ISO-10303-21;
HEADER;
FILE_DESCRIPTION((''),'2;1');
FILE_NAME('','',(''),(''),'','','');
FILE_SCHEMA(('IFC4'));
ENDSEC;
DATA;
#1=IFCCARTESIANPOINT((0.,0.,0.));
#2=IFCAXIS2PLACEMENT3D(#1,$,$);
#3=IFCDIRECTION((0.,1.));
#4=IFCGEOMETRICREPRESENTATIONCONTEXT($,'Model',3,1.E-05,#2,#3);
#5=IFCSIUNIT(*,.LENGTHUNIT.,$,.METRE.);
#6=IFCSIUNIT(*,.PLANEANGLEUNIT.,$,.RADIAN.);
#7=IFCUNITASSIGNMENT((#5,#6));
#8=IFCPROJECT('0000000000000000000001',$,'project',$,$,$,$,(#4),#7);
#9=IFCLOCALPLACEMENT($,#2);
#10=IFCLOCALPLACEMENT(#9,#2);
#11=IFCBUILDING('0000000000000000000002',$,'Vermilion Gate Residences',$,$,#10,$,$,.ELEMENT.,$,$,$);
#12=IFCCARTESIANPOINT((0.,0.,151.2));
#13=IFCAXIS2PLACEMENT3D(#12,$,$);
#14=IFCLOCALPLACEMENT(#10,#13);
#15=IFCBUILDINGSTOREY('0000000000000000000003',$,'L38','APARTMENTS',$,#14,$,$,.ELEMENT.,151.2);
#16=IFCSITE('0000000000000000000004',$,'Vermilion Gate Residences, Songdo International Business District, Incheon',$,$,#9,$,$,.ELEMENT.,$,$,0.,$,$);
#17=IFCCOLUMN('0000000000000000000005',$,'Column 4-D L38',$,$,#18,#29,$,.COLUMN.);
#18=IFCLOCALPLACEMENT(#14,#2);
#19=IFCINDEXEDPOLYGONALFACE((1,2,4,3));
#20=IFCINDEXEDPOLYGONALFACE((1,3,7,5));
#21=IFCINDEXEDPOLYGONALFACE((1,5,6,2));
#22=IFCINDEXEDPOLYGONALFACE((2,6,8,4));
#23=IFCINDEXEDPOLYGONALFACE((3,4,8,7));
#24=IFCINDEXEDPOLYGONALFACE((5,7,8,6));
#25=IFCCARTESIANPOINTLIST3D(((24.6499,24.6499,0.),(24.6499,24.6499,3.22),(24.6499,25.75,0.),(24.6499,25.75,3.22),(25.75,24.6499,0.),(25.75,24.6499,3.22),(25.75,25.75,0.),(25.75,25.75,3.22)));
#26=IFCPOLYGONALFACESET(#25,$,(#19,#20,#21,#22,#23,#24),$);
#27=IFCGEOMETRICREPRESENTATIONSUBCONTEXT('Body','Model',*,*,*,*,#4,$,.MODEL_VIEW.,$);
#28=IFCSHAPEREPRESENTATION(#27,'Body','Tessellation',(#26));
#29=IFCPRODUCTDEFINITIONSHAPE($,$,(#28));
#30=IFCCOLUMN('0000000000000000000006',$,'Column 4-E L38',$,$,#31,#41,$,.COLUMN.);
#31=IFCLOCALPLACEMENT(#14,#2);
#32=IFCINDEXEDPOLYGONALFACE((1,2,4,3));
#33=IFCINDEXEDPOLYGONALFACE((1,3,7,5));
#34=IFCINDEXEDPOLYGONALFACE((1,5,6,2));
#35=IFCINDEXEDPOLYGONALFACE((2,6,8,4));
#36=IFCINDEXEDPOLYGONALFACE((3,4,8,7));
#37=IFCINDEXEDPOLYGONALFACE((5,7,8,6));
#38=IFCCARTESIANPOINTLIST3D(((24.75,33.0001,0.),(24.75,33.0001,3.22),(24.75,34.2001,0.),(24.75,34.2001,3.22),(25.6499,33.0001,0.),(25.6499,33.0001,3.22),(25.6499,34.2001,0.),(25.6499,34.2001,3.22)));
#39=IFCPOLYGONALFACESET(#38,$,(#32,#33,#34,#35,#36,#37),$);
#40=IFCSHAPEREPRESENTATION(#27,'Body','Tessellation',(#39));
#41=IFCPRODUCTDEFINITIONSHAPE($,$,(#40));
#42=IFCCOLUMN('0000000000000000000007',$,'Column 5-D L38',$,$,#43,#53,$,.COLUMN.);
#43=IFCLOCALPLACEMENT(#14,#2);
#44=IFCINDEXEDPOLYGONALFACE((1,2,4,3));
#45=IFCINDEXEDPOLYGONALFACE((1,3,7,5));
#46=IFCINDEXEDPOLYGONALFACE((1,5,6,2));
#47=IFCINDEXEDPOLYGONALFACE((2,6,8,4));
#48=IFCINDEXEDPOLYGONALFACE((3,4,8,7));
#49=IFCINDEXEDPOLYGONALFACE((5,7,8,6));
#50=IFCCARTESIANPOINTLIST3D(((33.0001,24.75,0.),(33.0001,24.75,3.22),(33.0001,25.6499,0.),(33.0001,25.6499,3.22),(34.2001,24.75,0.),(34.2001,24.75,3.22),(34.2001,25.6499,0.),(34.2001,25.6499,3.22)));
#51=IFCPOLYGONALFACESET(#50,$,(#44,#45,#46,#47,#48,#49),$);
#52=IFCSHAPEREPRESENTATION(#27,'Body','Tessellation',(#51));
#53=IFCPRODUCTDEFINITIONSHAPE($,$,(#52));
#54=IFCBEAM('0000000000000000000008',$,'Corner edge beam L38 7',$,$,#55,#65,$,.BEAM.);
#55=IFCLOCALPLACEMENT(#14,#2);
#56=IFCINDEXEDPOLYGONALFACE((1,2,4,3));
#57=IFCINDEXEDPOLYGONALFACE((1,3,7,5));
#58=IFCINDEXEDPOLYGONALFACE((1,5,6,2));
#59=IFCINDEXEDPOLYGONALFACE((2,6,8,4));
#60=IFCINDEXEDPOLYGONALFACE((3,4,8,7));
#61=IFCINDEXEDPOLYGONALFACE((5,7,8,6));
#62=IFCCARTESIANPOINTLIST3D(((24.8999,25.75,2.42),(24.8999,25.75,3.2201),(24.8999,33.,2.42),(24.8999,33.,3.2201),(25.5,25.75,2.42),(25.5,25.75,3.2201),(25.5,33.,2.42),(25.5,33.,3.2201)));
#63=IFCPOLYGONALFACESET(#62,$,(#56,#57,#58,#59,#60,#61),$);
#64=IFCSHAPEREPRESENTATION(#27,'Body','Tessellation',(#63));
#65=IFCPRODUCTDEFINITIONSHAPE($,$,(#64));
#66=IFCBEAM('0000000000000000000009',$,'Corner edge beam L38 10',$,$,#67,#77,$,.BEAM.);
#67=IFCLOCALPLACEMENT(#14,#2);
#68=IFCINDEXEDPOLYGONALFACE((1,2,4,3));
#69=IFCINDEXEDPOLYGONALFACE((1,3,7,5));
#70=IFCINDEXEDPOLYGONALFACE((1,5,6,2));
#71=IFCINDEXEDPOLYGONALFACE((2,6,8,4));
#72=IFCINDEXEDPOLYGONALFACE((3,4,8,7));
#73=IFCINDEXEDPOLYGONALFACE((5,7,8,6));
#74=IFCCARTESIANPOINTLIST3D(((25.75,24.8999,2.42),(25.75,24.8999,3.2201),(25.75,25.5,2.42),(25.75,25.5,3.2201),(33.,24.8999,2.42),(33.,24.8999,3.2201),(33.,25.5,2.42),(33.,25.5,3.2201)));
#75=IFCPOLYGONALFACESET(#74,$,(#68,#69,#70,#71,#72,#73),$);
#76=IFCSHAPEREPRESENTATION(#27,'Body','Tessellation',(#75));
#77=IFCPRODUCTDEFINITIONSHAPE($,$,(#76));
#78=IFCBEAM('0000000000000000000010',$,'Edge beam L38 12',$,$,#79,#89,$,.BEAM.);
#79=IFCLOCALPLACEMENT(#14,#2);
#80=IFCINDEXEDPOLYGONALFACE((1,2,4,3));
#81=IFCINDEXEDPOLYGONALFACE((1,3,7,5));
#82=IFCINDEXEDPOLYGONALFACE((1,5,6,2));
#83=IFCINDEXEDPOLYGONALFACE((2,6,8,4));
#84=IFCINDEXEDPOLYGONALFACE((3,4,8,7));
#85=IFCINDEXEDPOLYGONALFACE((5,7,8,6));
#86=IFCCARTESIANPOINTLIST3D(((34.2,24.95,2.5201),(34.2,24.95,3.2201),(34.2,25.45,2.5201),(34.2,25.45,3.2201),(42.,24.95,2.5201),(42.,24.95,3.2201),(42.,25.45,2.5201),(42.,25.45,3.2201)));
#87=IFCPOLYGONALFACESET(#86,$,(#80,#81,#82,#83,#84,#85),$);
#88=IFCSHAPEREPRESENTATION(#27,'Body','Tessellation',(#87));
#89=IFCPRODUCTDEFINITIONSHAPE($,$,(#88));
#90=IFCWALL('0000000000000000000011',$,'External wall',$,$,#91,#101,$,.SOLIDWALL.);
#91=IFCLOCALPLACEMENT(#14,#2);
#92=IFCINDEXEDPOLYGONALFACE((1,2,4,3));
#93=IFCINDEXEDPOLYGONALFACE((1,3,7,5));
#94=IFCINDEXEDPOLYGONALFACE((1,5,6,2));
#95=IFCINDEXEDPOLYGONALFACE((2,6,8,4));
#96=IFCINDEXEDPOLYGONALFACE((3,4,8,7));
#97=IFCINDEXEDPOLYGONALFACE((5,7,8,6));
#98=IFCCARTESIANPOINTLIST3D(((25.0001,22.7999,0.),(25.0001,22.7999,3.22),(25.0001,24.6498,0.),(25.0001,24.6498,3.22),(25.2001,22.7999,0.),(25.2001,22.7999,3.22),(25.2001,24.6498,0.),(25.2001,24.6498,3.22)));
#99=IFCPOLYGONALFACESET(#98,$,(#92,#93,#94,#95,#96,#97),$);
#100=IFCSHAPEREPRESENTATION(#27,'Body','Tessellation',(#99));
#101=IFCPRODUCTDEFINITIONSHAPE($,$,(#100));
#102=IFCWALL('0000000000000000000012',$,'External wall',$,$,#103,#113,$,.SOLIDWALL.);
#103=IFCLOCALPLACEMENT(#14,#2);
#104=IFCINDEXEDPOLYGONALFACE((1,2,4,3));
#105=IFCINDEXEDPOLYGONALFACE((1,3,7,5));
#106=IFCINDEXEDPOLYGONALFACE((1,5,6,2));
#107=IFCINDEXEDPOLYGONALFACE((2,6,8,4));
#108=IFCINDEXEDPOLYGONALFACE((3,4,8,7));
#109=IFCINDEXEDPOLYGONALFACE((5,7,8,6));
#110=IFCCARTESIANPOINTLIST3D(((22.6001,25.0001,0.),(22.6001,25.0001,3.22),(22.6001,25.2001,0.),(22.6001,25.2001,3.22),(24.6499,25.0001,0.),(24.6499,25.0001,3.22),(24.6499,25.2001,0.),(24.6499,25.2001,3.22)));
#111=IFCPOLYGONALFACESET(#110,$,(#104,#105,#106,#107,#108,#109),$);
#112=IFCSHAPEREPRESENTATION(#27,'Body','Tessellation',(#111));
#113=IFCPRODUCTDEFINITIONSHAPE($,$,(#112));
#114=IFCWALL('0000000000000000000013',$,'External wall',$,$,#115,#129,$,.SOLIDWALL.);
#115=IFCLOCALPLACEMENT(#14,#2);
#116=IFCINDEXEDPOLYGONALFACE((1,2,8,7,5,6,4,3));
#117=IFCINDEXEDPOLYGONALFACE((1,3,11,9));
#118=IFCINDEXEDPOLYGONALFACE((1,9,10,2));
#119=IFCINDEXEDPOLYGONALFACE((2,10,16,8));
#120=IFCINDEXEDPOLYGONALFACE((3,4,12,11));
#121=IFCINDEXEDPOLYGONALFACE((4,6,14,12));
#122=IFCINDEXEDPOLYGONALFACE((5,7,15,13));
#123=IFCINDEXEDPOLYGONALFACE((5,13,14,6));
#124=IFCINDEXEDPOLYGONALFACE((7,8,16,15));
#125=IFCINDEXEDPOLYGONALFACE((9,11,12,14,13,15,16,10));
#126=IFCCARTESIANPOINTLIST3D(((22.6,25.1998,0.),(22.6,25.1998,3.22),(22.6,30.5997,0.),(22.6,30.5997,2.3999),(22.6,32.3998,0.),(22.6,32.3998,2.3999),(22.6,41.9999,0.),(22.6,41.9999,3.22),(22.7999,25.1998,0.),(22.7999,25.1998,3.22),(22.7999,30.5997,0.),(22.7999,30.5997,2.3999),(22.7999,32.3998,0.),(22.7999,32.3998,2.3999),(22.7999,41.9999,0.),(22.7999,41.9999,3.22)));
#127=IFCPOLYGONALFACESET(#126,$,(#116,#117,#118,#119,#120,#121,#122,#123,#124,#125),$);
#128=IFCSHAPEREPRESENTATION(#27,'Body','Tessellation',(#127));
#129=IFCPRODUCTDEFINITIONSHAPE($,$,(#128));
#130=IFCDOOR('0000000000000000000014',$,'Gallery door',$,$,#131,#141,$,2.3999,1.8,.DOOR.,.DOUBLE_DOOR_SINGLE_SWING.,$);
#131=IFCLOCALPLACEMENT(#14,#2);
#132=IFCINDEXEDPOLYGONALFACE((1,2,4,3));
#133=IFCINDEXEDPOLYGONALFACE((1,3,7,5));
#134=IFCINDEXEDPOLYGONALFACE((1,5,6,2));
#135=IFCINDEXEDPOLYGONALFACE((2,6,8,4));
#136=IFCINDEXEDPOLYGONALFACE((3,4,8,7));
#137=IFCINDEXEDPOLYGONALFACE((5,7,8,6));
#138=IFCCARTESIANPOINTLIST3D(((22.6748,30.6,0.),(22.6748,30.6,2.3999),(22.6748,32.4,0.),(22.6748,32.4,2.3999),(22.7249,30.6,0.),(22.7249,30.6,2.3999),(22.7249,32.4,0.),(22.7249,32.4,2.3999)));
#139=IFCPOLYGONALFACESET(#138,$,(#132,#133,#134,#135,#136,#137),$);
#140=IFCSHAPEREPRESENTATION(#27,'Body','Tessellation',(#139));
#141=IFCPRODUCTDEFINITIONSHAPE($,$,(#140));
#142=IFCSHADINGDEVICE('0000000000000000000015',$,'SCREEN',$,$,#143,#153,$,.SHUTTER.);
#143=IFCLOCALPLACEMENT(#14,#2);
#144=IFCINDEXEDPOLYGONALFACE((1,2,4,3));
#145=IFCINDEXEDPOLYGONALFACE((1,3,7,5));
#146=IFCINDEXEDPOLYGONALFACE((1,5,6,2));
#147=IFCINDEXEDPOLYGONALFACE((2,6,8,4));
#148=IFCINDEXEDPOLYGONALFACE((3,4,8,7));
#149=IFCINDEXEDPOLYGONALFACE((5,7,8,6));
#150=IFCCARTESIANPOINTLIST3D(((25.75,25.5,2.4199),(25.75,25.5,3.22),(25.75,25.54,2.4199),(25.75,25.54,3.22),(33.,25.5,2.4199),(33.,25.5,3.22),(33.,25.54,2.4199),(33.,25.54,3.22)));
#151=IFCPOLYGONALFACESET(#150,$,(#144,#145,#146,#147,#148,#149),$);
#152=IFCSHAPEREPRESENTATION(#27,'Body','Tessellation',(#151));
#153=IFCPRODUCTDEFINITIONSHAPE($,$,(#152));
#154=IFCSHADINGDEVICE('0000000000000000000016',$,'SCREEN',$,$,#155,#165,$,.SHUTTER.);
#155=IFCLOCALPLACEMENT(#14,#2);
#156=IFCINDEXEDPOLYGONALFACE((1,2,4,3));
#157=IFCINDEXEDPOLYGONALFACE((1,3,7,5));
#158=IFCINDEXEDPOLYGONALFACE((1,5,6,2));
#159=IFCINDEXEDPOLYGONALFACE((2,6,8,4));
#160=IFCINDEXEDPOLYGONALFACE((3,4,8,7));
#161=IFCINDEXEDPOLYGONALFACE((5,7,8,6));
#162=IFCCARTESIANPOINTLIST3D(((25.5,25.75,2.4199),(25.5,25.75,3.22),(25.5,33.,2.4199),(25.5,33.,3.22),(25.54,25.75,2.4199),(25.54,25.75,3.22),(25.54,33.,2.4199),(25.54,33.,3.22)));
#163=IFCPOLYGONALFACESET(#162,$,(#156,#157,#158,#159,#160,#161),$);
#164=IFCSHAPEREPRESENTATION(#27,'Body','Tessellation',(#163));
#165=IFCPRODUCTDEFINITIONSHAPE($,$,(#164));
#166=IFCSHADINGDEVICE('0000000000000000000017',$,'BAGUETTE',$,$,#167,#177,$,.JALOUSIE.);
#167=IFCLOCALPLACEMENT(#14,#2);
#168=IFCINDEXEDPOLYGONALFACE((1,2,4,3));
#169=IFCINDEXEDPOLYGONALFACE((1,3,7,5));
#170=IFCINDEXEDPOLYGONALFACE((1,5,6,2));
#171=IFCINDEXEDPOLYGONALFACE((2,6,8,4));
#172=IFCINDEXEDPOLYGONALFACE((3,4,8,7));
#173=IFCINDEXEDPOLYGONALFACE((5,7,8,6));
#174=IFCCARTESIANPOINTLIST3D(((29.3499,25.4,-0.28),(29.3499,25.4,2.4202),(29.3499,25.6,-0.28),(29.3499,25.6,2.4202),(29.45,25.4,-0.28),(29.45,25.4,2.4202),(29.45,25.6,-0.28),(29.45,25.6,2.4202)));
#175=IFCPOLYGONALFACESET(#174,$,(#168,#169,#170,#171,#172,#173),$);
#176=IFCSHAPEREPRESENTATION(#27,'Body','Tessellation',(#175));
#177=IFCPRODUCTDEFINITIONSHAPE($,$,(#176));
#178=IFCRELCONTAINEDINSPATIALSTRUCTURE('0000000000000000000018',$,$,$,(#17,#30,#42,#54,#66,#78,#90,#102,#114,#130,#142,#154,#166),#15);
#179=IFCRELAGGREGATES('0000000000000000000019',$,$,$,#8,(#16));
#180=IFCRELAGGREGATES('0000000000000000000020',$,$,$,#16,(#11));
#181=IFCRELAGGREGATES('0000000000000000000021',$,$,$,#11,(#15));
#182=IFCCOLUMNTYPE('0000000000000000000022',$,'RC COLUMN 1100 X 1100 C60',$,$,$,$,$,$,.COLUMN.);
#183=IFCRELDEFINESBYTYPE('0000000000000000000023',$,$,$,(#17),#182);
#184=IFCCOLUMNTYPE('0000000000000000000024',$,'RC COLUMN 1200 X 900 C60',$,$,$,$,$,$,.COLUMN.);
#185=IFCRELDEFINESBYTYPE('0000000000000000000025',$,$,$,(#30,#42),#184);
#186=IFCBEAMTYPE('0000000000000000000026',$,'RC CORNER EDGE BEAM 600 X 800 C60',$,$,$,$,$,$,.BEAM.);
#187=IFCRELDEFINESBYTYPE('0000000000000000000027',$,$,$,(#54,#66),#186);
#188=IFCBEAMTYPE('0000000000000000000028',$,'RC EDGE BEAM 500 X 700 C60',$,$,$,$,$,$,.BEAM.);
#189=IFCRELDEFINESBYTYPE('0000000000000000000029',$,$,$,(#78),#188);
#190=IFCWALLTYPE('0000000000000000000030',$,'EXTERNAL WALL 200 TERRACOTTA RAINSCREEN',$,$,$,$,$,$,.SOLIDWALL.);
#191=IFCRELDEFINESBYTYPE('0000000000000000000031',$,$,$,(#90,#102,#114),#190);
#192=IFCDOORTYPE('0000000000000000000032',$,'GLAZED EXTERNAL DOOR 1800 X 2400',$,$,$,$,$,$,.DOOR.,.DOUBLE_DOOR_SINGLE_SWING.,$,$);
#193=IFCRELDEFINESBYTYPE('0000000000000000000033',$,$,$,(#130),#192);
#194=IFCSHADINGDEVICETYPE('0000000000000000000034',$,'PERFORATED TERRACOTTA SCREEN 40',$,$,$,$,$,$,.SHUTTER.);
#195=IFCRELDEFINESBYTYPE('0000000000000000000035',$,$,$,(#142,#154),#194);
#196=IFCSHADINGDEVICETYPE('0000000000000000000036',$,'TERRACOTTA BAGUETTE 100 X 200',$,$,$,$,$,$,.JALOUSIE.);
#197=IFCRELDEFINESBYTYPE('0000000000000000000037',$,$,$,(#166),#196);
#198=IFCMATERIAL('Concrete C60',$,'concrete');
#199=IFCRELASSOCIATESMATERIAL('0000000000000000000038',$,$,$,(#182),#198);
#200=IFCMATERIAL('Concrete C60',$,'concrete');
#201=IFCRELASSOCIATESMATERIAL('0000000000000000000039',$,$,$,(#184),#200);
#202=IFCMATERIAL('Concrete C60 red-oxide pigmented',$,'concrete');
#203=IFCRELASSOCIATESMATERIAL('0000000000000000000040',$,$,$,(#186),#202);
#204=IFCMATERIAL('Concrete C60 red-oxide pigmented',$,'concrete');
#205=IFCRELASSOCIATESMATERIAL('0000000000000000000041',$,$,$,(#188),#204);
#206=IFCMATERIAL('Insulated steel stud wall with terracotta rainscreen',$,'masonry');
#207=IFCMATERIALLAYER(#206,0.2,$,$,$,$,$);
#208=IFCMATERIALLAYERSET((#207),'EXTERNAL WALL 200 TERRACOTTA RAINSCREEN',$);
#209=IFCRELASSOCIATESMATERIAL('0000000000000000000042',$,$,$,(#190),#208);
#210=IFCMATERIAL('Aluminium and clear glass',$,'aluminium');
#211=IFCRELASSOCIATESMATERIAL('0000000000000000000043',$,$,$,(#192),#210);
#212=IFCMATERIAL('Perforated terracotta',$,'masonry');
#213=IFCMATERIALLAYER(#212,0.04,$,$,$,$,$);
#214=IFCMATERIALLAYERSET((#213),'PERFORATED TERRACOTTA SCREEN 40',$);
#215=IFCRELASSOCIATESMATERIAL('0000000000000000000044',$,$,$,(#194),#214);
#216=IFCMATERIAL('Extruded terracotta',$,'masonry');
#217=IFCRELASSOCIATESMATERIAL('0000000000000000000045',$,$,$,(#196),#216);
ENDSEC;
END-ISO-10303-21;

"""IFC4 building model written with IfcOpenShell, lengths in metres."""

from ifc_helpers import new_model, si_unit, direction, frame, frame_2d, origin, origin_2d, place, context, subcontext, project, spatial, rectangle, extrude, material, layer, layer_set, material_profile, profile_set, type_object, element, fill, save


model = new_model("IFC4")

# Units and contexts
model_context = context("Model", 3, precision=1e-05, world=origin(), true_north=direction((0.0, 1.0)))
body_context = subcontext(model_context, "Body", "Model", "MODEL_VIEW")
ifc_project = project(units=[si_unit("LENGTHUNIT", "METRE"), si_unit("PLANEANGLEUNIT", "RADIAN")], contexts=[model_context])

# Site, building, storey
site_placement = place(None, origin())
site = spatial("IfcSite", under=ifc_project, at=site_placement, Name="Vermilion Gate Residences, Songdo International Business District, Incheon", CompositionType="ELEMENT", RefElevation=0.0)
building_placement = place(site_placement, origin())
building = spatial("IfcBuilding", under=site, at=building_placement, Name="Vermilion Gate Residences", CompositionType="ELEMENT")
storey_placement = place(building_placement, frame((0.0, 0.0, 151.2)))
storey = spatial("IfcBuildingStorey", under=building, at=storey_placement, Name="L38", Description="APARTMENTS", CompositionType="ELEMENT", Elevation=151.2)

# Columns
ifc_material_1 = material(Name="Concrete C60", Category="concrete")
ifc_material_profile_1 = material_profile(ifc_material_1, rectangle(XDim=1.1001, YDim=1.1001, at=origin_2d()), Name="RC-1100x1100")
ifc_profile_set_1 = profile_set([ifc_material_profile_1], Name="Concrete C60")
column_type_1 = type_object("IfcColumnType", Name="RC COLUMN 1100 X 1100 C60", PredefinedType="COLUMN", material=ifc_profile_set_1)
column_placement = place(storey_placement, frame((25.2, 25.2, 0.0), z_axis=(0.0, 0.0, 1.0), x_axis=(1.0, 0.0, 0.0)))
element("IfcColumn", 1, at=column_placement, inside=storey, type_object=column_type_1, Name="Column 4-D L38", PredefinedType="COLUMN", context=body_context, shape_type="SweptSolid", body=[
    extrude(rectangle(XDim=1.1001, YDim=1.1001, at=origin_2d()), origin(), (0.0, 0.0, 1.0), 3.22),
])
ifc_material_2 = material(Name="Concrete C60", Category="concrete")
ifc_material_profile_2 = material_profile(ifc_material_2, rectangle(XDim=1.2, YDim=0.8999, at=origin_2d()), Name="RC-1200x900")
ifc_profile_set_2 = profile_set([ifc_material_profile_2], Name="Concrete C60")
column_type_2 = type_object("IfcColumnType", Name="RC COLUMN 1200 X 900 C60", PredefinedType="COLUMN", material=ifc_profile_set_2)
for number, where, z_axis, x_axis, name in (
    (2, (25.2, 33.6001, 0.0), (0.0, 0.0, 1.0), (0.0, 1.0, 0.0), "Column 4-E L38"),
    (3, (33.6001, 25.2, 0.0), (0.0, 0.0, 1.0), (1.0, 0.0, 0.0), "Column 5-D L38"),
):
    element("IfcColumn", number, at=place(storey_placement, frame(where, z_axis=z_axis, x_axis=x_axis)), inside=storey, type_object=column_type_2, Name=name, PredefinedType="COLUMN", context=body_context, shape_type="SweptSolid", body=[
        extrude(rectangle(XDim=1.2, YDim=0.8999, at=origin_2d()), origin(), (0.0, 0.0, 1.0), 3.22),
    ])

# Beams
ifc_material_3 = material(Name="Concrete C60 red-oxide pigmented", Category="concrete")
ifc_material_profile_3 = material_profile(ifc_material_3, rectangle(XDim=0.6001, YDim=0.8, at=origin_2d()), Name="RC-600x800")
ifc_profile_set_3 = profile_set([ifc_material_profile_3], Name="Concrete C60 red-oxide pigmented")
beam_type_1 = type_object("IfcBeamType", Name="RC CORNER EDGE BEAM 600 X 800 C60", PredefinedType="BEAM", material=ifc_profile_set_3)
for number, where, z_axis, x_axis, name in (
    (4, (25.2, 25.75, 2.8201), (0.0, 1.0, 0.0), (-1.0, 0.0, 0.0), "Corner edge beam L38 7"),
    (5, (25.75, 25.2, 2.8201), (1.0, 0.0, 0.0), (0.0, 1.0, 0.0), "Corner edge beam L38 10"),
):
    element("IfcBeam", number, at=place(storey_placement, frame(where, z_axis=z_axis, x_axis=x_axis)), inside=storey, type_object=beam_type_1, Name=name, PredefinedType="BEAM", context=body_context, shape_type="SweptSolid", body=[
        extrude(rectangle(XDim=0.6001, YDim=0.8, at=origin_2d()), origin(), (0.0, 0.0, 1.0), 7.25),
    ])
ifc_material_4 = material(Name="Concrete C60 red-oxide pigmented", Category="concrete")
ifc_material_profile_4 = material_profile(ifc_material_4, rectangle(XDim=0.5, YDim=0.7, at=origin_2d()), Name="RC-500x700")
ifc_profile_set_4 = profile_set([ifc_material_profile_4], Name="Concrete C60 red-oxide pigmented")
beam_type_2 = type_object("IfcBeamType", Name="RC EDGE BEAM 500 X 700 C60", PredefinedType="BEAM", material=ifc_profile_set_4)
beam_placement = place(storey_placement, frame((34.2, 25.2, 2.8701), z_axis=(1.0, 0.0, 0.0), x_axis=(0.0, 1.0, 0.0)))
element("IfcBeam", 6, at=beam_placement, inside=storey, type_object=beam_type_2, Name="Edge beam L38 12", PredefinedType="BEAM", context=body_context, shape_type="SweptSolid", body=[
    extrude(rectangle(XDim=0.5, YDim=0.7, at=origin_2d()), origin(), (0.0, 0.0, 1.0), 7.8),
])

# Walls
ifc_material_5 = material(Name="Insulated steel stud wall with terracotta rainscreen", Category="masonry")
ifc_layer_1 = layer(ifc_material_5, 0.2)
ifc_layer_set_1 = layer_set([ifc_layer_1], Name="EXTERNAL WALL 200 TERRACOTTA RAINSCREEN")
wall_type = type_object("IfcWallType", Name="EXTERNAL WALL 200 TERRACOTTA RAINSCREEN", PredefinedType="SOLIDWALL", material=ifc_layer_set_1)
wall_1_placement = place(storey_placement, frame((25.1001, 22.8, 0.0), z_axis=(0.0, 0.0, 1.0), x_axis=(0.0, 1.0, 0.0)))
element("IfcWall", 7, at=wall_1_placement, inside=storey, type_object=wall_type, Name="External wall", PredefinedType="SOLIDWALL", context=body_context, shape_type="SweptSolid", body=[
    extrude(rectangle(XDim=1.8499, YDim=0.2, at=frame_2d((0.9248, 0.0))), origin(), (0.0, 0.0, 1.0), 3.22),
])
wall_2_placement = place(storey_placement, frame((24.6499, 25.1001, 0.0), z_axis=(0.0, 0.0, 1.0), x_axis=(-1.0, 0.0, 0.0)))
element("IfcWall", 8, at=wall_2_placement, inside=storey, type_object=wall_type, Name="External wall", PredefinedType="SOLIDWALL", context=body_context, shape_type="SweptSolid", body=[
    extrude(rectangle(XDim=2.0498, YDim=0.2, at=frame_2d((1.0249, 0.0))), origin(), (0.0, 0.0, 1.0), 3.22),
])

# Wall, opening, door
wall_3_placement = place(storey_placement, frame((22.7, 25.2, 0.0), z_axis=(0.0, 0.0, 1.0), x_axis=(0.0, 1.0, 0.0)))
wall_3 = element("IfcWall", 9, at=wall_3_placement, inside=storey, type_object=wall_type, Name="External wall", PredefinedType="SOLIDWALL", context=body_context, shape_type="SweptSolid", body=[
    extrude(rectangle(XDim=16.8, YDim=0.2, at=frame_2d((8.3999, 0.0))), origin(), (0.0, 0.0, 1.0), 3.22),
])
opening_placement = place(wall_3_placement, frame((5.3999, 0.0, 0.0)))
opening = element("IfcOpeningElement", 10, at=opening_placement, cuts=wall_3, PredefinedType="OPENING", context=body_context, shape_type="SweptSolid", body=[
    extrude(rectangle(XDim=1.8, YDim=2.3999, at=frame_2d((0.8999, 1.2))), frame((0.0, 0.1099, 0.0), z_axis=(0.0, -1.0, 0.0), x_axis=(1.0, 0.0, 0.0)), (0.0, 0.0, 1.0), 0.22),
])
ifc_material_6 = material(Name="Aluminium and clear glass", Category="aluminium")
door_type = type_object("IfcDoorType", Name="GLAZED EXTERNAL DOOR 1800 X 2400", OperationType="DOUBLE_DOOR_SINGLE_SWING", PredefinedType="DOOR", material=ifc_material_6)
door_placement = place(opening_placement, frame((1.8, 0.0, 0.0), z_axis=(0.0, 0.0, 1.0), x_axis=(-1.0, 0.0, 0.0)))
door = element("IfcDoor", 11, at=door_placement, inside=storey, type_object=door_type, Name="Gallery door", OperationType="DOUBLE_DOOR_SINGLE_SWING", OverallHeight=2.3999, OverallWidth=1.8, PredefinedType="DOOR", context=body_context, shape_type="SweptSolid", body=[
    extrude(rectangle(XDim=1.8, YDim=2.3999, at=frame_2d((0.8999, 1.2))), frame((0.0, 0.0249, 0.0), z_axis=(0.0, -1.0, 0.0), x_axis=(1.0, 0.0, 0.0)), (0.0, 0.0, 1.0), 0.05),
])
fill(opening, door)

# Shading devices
ifc_material_7 = material(Name="Perforated terracotta", Category="masonry")
ifc_layer_2 = layer(ifc_material_7, 0.04)
ifc_layer_set_2 = layer_set([ifc_layer_2], Name="PERFORATED TERRACOTTA SCREEN 40")
shading_device_type_1 = type_object("IfcShadingDeviceType", Name="PERFORATED TERRACOTTA SCREEN 40", PredefinedType="SHUTTER", material=ifc_layer_set_2)
for number, where, z_axis, x_axis, name in (
    (12, (29.375, 25.52, 2.4199), (0.0, 0.0, 1.0), (-1.0, 0.0, 0.0), "SCREEN"),
    (13, (25.52, 29.375, 2.4199), (0.0, 0.0, 1.0), (0.0, 1.0, 0.0), "SCREEN"),
):
    element("IfcShadingDevice", number, at=place(storey_placement, frame(where, z_axis=z_axis, x_axis=x_axis)), inside=storey, type_object=shading_device_type_1, Name=name, PredefinedType="SHUTTER", context=body_context, shape_type="SweptSolid", body=[
        extrude(rectangle(XDim=7.25, YDim=0.04, at=origin_2d()), origin(), (0.0, 0.0, 1.0), 0.8),
    ])
ifc_material_8 = material(Name="Extruded terracotta", Category="masonry")
ifc_material_profile_5 = material_profile(ifc_material_8, rectangle(XDim=0.2, YDim=0.1001, at=origin_2d()), Name="BAGUETTE 100 X 200")
ifc_profile_set_5 = profile_set([ifc_material_profile_5], Name="Extruded terracotta")
shading_device_type_2 = type_object("IfcShadingDeviceType", Name="TERRACOTTA BAGUETTE 100 X 200", PredefinedType="JALOUSIE", material=ifc_profile_set_5)
for number, where, z_axis, x_axis, name in (
    (14, (29.3999, 25.5, -0.28), (0.0, 0.0, 1.0), (0.0, -1.0, 0.0), "BAGUETTE"),
):
    element("IfcShadingDevice", number, at=place(storey_placement, frame(where, z_axis=z_axis, x_axis=x_axis)), inside=storey, type_object=shading_device_type_2, Name=name, PredefinedType="JALOUSIE", context=body_context, shape_type="SweptSolid", body=[
        extrude(rectangle(XDim=0.2, YDim=0.1001, at=origin_2d()), origin(), (0.0, 0.0, 1.0), 2.7002),
    ])

save(model, "model.ifc")
